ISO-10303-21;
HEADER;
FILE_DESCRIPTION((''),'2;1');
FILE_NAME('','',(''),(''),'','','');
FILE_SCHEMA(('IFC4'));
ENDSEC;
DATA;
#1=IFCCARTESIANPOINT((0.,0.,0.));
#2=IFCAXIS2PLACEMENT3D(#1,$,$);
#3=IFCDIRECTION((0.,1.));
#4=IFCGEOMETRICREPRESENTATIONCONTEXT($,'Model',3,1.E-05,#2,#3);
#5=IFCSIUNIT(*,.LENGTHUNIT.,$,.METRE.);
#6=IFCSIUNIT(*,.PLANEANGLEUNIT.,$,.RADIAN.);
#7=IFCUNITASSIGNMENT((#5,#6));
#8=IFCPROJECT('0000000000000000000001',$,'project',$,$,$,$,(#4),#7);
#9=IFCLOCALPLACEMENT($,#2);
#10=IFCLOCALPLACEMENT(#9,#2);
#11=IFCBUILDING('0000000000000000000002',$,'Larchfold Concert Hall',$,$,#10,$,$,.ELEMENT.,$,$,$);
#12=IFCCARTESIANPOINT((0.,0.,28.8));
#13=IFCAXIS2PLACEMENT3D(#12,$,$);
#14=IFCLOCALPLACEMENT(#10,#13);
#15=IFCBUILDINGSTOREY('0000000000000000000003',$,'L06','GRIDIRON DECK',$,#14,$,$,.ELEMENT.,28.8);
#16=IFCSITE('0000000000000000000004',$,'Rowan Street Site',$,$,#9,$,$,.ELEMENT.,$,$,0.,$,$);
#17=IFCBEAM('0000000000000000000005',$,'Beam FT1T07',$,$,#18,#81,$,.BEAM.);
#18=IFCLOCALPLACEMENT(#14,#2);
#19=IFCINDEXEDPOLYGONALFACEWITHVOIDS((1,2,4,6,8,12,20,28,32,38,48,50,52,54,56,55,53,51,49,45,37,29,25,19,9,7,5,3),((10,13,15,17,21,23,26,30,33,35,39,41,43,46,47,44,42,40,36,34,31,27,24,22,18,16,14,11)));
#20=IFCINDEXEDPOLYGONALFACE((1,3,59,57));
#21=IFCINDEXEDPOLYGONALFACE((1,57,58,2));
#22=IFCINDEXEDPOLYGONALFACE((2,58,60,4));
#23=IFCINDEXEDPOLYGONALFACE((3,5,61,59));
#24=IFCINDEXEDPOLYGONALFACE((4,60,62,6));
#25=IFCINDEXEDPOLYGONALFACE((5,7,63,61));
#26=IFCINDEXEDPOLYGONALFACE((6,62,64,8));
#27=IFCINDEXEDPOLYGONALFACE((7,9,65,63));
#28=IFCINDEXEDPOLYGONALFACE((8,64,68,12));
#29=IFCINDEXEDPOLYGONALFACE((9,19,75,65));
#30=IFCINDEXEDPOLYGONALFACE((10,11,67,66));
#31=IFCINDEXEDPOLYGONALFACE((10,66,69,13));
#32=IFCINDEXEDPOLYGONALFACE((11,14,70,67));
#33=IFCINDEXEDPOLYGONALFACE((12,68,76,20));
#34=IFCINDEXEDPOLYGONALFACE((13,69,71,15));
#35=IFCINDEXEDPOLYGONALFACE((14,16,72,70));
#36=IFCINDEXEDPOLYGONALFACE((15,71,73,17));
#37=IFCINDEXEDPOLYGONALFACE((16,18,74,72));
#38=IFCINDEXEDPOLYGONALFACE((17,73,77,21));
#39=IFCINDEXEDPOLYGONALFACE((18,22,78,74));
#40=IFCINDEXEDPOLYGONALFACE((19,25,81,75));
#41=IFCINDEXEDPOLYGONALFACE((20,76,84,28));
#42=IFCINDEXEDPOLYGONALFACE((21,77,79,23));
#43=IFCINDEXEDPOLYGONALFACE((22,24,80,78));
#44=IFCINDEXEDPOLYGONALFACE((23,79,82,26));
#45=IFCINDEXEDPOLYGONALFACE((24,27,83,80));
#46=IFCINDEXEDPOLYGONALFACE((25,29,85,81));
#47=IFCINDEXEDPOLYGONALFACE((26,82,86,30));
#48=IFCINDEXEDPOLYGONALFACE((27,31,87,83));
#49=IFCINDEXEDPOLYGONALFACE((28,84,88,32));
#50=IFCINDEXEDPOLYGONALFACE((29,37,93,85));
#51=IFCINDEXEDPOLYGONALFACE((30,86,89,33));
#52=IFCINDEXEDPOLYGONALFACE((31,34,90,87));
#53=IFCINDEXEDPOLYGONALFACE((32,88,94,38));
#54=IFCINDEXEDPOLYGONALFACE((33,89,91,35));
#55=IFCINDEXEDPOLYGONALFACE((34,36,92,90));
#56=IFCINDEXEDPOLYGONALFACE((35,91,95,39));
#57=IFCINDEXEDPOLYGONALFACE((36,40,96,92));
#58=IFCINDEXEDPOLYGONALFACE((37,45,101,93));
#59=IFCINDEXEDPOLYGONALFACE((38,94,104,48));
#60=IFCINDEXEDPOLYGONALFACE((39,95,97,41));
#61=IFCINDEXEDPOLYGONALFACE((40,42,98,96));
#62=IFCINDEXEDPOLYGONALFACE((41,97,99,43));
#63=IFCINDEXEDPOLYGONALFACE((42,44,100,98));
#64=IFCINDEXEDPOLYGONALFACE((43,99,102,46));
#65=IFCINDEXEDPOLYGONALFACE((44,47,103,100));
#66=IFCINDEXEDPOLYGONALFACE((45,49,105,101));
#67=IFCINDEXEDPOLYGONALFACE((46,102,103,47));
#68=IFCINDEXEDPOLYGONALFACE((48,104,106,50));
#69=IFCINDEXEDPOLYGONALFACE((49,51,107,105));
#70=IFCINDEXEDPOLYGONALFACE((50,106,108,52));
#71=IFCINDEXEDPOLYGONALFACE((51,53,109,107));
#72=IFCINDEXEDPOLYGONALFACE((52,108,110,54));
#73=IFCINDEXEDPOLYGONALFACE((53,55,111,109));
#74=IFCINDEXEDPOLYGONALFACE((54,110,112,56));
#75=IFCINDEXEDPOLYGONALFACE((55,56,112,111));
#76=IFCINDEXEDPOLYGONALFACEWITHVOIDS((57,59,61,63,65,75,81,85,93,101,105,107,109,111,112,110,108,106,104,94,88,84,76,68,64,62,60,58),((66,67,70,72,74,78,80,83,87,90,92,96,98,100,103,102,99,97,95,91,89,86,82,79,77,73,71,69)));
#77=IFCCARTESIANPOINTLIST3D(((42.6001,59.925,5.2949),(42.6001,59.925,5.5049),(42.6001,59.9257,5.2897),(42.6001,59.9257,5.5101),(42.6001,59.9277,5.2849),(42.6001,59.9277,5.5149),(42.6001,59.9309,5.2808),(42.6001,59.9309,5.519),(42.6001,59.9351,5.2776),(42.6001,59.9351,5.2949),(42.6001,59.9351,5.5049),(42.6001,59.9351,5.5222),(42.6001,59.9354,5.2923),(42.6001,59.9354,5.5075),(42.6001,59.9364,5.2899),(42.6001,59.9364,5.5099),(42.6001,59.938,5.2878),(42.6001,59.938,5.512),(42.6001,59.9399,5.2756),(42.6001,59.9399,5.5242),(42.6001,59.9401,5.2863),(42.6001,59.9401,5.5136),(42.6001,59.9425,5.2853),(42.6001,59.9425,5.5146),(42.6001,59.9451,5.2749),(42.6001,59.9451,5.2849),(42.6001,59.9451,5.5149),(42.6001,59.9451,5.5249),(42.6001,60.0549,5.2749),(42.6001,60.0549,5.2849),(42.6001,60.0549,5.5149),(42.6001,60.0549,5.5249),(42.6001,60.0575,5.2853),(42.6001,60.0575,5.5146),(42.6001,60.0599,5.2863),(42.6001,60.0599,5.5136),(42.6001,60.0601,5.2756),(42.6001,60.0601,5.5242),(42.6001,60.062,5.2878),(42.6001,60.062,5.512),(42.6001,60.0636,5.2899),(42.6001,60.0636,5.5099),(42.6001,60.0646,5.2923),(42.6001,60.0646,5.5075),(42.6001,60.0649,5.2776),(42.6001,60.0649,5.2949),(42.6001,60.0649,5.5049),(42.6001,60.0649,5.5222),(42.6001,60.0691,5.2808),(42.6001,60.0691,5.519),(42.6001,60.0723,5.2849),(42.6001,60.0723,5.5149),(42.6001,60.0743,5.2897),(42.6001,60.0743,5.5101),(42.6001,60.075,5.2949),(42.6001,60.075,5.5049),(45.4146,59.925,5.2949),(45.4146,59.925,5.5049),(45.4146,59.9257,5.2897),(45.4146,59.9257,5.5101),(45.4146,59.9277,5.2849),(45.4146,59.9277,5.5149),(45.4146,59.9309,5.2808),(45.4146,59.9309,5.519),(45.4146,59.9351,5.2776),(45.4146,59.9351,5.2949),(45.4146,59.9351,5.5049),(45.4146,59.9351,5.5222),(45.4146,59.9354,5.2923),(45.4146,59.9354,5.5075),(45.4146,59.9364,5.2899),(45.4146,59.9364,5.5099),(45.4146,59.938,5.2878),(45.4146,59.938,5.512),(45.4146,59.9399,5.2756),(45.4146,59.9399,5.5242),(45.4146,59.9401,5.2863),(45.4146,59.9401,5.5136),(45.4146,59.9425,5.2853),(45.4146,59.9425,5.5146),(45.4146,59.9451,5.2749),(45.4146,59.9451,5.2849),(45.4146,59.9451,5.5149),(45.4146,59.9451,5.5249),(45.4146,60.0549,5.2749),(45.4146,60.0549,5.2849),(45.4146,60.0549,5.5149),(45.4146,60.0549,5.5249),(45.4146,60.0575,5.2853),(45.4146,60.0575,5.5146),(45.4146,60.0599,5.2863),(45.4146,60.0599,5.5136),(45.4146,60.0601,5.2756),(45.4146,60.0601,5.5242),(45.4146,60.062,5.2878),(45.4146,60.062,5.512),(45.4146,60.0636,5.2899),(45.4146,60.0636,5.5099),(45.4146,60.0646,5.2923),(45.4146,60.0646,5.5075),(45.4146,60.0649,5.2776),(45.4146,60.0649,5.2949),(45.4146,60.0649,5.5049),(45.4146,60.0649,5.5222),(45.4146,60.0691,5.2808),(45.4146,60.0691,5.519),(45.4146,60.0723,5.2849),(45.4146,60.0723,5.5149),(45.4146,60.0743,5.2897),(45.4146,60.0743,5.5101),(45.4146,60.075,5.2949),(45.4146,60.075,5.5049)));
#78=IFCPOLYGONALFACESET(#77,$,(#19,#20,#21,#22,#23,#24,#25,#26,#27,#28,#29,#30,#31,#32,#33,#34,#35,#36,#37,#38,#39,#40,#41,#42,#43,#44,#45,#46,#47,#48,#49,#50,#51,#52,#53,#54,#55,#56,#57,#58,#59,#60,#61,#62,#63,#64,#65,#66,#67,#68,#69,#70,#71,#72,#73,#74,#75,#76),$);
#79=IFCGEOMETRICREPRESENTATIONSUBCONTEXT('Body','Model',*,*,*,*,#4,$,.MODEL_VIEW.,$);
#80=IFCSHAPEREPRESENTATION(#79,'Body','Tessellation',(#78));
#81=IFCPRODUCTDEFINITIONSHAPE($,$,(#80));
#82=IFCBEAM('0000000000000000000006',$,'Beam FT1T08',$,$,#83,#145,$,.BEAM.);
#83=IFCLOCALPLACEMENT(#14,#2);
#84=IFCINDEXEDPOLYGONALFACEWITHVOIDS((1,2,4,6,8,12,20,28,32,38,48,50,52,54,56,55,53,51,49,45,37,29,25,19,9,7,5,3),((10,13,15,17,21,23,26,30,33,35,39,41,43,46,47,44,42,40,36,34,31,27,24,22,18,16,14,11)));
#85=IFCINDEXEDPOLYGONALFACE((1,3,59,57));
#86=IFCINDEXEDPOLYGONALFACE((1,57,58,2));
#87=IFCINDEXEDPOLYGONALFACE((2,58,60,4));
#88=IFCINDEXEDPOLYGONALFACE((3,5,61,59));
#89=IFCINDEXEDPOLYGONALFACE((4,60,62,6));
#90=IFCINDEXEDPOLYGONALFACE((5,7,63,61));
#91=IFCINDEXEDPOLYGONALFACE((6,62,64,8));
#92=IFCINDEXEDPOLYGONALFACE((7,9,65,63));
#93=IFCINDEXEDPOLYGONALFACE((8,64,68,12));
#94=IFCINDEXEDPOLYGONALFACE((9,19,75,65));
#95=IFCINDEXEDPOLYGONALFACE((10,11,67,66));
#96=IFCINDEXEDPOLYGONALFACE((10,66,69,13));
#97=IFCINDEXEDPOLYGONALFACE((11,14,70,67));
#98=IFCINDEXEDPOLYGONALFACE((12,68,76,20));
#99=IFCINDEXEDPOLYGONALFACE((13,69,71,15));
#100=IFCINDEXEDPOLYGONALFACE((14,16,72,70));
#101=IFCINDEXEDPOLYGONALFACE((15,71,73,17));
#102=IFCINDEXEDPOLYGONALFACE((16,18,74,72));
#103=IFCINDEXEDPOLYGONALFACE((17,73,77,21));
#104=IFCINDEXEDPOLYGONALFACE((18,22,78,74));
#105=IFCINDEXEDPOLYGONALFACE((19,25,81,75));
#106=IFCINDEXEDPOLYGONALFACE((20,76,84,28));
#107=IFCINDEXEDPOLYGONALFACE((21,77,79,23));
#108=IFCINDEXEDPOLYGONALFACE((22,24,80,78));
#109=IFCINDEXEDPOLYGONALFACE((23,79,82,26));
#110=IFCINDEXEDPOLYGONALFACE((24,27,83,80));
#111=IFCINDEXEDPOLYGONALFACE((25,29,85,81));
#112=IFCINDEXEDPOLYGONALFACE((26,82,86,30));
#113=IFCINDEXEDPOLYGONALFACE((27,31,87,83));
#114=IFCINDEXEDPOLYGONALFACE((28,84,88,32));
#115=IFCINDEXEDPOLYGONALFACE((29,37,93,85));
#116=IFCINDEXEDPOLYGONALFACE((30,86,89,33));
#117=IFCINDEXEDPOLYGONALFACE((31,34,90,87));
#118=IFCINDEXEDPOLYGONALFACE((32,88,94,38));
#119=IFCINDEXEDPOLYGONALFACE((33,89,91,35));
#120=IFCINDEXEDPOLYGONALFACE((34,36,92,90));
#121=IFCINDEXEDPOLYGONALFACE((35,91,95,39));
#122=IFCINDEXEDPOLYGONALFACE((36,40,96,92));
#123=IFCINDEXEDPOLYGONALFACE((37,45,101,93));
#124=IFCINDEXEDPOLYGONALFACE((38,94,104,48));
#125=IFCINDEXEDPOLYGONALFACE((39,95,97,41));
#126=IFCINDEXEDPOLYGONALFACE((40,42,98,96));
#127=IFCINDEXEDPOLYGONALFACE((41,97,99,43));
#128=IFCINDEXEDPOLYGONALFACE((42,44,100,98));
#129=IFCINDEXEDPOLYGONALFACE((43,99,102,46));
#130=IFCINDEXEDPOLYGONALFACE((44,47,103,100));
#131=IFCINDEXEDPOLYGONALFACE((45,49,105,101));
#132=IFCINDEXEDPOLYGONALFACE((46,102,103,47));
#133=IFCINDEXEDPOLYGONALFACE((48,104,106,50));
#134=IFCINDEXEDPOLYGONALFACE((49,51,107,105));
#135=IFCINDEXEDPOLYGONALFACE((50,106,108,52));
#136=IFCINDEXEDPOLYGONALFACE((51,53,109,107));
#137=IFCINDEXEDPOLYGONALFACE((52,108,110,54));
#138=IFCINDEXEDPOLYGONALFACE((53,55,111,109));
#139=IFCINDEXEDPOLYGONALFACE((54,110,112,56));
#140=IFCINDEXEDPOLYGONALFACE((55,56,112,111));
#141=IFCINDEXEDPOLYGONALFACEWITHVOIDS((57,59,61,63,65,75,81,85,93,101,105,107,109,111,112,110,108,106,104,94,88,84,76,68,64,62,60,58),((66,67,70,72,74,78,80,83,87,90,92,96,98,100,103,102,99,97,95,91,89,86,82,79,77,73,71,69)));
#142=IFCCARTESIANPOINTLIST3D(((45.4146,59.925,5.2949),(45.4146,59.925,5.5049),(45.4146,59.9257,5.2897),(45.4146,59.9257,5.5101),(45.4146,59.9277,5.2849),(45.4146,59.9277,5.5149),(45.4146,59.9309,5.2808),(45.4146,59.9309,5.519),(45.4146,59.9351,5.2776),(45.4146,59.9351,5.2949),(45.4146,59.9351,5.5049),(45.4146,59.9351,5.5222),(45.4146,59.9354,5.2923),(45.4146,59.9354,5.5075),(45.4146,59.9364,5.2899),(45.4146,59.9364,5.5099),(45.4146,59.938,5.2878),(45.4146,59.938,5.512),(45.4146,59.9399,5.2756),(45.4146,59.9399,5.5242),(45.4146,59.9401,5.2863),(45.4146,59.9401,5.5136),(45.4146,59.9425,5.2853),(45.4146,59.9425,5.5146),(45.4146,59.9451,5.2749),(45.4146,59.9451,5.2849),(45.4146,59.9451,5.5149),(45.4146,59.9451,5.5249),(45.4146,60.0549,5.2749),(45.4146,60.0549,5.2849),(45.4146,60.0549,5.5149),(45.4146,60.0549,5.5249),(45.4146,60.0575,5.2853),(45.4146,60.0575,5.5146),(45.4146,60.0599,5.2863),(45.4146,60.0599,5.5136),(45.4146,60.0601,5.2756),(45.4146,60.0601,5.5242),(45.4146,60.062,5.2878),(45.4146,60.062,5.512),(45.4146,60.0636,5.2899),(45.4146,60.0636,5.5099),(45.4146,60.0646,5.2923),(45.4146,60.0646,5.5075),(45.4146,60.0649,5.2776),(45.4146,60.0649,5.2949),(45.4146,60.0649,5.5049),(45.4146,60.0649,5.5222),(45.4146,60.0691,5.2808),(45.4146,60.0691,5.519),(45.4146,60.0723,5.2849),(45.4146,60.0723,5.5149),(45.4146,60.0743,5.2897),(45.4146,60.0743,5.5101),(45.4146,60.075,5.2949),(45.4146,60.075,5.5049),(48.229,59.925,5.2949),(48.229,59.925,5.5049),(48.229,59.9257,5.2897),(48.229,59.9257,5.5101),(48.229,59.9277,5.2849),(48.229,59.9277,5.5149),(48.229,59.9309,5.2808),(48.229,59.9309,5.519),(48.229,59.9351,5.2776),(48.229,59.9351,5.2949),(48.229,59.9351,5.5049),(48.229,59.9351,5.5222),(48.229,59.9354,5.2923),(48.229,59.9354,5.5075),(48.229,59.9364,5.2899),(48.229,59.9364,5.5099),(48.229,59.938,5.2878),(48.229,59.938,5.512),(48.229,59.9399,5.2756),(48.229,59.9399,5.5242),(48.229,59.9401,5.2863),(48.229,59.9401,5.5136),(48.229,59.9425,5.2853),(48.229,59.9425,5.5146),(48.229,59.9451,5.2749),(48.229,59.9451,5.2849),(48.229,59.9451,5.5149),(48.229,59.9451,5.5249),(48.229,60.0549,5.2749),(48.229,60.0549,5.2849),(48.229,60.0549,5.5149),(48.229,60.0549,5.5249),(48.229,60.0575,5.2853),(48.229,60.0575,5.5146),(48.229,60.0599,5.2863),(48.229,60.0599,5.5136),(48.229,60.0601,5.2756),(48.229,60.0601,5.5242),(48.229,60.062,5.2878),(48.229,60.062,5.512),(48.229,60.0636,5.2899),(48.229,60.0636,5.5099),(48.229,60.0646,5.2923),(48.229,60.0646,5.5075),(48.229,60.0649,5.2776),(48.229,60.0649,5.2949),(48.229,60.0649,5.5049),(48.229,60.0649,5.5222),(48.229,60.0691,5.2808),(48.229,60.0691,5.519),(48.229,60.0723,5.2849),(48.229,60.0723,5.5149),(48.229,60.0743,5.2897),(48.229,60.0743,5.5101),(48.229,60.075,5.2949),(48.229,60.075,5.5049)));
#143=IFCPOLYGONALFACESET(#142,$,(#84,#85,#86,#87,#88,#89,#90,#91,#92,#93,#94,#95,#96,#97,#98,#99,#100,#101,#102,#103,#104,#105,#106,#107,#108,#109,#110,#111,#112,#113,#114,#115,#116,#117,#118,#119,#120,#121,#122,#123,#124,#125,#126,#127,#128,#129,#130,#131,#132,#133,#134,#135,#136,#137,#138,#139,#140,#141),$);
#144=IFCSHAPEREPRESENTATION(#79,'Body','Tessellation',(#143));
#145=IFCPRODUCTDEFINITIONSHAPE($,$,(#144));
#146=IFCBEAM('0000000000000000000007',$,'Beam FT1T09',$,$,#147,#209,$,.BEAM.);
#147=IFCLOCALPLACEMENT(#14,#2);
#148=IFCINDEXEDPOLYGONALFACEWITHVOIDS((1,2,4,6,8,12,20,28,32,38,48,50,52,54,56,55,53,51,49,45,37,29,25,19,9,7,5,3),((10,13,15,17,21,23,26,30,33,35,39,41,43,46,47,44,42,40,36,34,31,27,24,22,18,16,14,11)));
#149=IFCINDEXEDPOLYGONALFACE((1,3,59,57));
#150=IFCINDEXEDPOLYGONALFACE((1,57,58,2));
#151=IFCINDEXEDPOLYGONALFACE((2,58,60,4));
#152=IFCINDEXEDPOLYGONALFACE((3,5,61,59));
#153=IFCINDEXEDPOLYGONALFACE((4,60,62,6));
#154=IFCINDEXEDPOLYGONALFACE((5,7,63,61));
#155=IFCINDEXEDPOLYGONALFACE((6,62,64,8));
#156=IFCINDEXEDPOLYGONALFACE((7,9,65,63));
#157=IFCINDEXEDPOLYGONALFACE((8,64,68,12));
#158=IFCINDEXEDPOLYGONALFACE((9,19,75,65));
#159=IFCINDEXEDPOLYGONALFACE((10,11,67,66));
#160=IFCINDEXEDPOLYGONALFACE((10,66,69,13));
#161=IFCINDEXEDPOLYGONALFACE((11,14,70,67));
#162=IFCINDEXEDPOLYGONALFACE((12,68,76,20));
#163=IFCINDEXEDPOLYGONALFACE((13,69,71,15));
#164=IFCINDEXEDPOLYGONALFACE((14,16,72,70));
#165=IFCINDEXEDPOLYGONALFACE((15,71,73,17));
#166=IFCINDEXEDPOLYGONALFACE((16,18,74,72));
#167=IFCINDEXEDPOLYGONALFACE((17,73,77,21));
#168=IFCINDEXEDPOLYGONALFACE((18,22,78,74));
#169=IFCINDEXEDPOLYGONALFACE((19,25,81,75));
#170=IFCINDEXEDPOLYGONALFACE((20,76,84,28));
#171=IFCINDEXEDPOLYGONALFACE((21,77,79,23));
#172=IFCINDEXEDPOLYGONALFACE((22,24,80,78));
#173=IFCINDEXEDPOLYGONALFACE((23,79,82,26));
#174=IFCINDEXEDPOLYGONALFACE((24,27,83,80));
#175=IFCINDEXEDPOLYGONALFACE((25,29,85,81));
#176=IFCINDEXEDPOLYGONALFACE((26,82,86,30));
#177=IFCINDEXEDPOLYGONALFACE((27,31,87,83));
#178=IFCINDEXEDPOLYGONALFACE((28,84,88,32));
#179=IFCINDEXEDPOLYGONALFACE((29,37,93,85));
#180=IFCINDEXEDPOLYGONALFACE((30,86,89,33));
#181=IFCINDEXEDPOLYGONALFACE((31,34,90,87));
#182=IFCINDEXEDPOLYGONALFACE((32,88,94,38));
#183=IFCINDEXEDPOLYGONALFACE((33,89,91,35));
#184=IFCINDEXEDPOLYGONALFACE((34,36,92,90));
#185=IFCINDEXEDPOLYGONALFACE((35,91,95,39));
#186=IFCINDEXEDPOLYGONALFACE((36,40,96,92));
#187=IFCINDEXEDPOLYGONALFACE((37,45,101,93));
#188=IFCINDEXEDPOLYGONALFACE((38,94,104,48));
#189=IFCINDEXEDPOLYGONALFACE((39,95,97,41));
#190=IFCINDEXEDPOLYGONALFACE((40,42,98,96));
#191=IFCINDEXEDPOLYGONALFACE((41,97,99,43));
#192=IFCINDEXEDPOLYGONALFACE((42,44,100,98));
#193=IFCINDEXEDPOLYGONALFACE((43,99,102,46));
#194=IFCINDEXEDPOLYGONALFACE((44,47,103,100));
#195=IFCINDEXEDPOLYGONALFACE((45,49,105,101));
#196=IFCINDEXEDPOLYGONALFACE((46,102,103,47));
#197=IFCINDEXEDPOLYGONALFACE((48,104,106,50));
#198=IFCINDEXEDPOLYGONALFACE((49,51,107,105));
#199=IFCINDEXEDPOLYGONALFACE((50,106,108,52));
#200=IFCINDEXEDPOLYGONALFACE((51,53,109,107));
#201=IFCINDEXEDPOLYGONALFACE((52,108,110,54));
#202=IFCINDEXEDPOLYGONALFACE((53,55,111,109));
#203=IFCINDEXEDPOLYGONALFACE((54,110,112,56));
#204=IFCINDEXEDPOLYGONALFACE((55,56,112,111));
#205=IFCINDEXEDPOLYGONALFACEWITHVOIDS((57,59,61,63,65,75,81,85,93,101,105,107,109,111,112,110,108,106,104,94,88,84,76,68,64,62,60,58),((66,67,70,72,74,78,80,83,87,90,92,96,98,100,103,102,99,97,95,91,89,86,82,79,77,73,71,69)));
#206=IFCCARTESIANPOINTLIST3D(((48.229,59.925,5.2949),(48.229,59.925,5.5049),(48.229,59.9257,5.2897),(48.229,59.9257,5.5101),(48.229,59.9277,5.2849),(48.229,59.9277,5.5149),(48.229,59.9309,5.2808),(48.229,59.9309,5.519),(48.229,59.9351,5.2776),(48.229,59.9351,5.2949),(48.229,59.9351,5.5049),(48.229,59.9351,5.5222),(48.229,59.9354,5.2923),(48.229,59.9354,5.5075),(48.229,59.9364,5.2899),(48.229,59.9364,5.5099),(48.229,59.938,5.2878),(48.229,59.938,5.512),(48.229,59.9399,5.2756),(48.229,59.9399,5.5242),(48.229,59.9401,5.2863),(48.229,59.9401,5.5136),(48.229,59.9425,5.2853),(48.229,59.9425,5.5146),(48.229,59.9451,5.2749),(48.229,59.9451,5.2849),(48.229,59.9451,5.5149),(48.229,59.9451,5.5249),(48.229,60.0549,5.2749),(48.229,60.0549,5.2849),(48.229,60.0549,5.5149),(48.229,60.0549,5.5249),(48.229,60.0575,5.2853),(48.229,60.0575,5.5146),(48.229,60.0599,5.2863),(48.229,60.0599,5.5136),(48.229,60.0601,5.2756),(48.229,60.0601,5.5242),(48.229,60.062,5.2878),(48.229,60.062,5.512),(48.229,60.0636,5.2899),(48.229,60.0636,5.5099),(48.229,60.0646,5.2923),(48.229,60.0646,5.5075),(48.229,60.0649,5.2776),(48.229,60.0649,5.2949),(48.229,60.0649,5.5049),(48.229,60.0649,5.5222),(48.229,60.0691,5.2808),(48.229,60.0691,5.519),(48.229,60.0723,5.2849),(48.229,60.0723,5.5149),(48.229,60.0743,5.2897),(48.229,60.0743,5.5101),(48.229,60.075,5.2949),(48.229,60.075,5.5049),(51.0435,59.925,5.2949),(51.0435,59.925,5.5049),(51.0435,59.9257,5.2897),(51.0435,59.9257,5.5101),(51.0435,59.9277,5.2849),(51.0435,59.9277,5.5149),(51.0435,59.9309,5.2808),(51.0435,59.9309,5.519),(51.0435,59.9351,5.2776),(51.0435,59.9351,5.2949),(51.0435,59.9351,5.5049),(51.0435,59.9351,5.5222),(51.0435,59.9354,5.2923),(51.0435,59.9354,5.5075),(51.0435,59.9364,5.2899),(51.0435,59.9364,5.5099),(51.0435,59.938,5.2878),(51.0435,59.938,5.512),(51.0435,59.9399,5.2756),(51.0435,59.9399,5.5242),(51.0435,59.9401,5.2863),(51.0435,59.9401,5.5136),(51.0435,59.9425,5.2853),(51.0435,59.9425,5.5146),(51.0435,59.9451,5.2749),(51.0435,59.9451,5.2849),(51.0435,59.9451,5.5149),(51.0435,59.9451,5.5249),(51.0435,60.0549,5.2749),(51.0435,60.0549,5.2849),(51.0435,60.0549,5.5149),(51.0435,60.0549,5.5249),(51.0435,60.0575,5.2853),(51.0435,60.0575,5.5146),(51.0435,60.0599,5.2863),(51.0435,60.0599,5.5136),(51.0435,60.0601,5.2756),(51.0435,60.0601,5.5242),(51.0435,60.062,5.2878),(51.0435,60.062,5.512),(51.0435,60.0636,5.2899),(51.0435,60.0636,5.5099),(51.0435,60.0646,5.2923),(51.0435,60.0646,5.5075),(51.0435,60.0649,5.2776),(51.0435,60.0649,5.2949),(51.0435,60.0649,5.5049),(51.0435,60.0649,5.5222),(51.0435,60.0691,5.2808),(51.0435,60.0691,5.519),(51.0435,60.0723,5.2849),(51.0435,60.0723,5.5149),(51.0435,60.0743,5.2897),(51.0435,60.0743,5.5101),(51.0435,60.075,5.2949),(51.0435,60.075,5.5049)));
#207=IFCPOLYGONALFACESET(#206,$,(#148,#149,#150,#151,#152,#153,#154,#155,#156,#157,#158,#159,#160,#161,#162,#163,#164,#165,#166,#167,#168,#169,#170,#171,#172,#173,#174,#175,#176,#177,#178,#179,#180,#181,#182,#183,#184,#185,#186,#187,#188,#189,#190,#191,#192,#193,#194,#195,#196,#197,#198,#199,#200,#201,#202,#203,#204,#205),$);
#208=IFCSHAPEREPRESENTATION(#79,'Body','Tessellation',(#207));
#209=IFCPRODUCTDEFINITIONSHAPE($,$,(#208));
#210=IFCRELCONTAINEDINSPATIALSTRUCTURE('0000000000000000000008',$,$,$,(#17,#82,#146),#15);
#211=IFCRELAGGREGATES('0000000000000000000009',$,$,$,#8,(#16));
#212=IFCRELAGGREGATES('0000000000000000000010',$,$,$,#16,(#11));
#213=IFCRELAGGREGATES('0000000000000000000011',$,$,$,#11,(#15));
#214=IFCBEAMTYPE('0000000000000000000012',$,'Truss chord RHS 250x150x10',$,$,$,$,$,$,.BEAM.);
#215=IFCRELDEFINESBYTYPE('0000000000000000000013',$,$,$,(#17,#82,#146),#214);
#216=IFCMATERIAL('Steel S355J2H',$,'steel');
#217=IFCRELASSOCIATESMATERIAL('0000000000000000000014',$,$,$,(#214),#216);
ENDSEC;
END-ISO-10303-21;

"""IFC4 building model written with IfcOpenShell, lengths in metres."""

from ifc_helpers import new_model, si_unit, direction, frame, origin, origin_2d, place, context, subcontext, project, spatial, hollow_rectangle, extrude, material, material_profile, profile_set, type_object, element, save


model = new_model("IFC4")

# Units and contexts
model_context = context("Model", 3, precision=1e-05, world=origin(), true_north=direction((0.0, 1.0)))
body_context = subcontext(model_context, "Body", "Model", "MODEL_VIEW")
ifc_project = project(units=[si_unit("LENGTHUNIT", "METRE"), si_unit("PLANEANGLEUNIT", "RADIAN")], contexts=[model_context])

# Site, building, storey
site_placement = place(None, origin())
site = spatial("IfcSite", under=ifc_project, at=site_placement, Name="Rowan Street Site", CompositionType="ELEMENT", RefElevation=0.0)
building_placement = place(site_placement, origin())
building = spatial("IfcBuilding", under=site, at=building_placement, Name="Larchfold Concert Hall", CompositionType="ELEMENT")
storey_placement = place(building_placement, frame((0.0, 0.0, 28.8)))
storey = spatial("IfcBuildingStorey", under=building, at=storey_placement, Name="L06", Description="GRIDIRON DECK", CompositionType="ELEMENT", Elevation=28.8)

# Beams
ifc_material_1 = material(Name="Steel S355J2H", Category="steel")
ifc_material_profile_1 = material_profile(ifc_material_1, hollow_rectangle(XDim=0.1499, YDim=0.25, WallThickness=0.01, InnerFilletRadius=0.01, OuterFilletRadius=0.02, at=origin_2d()))
ifc_profile_set_1 = profile_set([ifc_material_profile_1], Name="Steel S355J2H")
beam_type_1 = type_object("IfcBeamType", Name="Truss chord RHS 250x150x10", PredefinedType="BEAM", material=ifc_profile_set_1)
for number, where, z_axis, x_axis, name in (
    (1, (42.6001, 60.0, 5.3999), (1.0, 0.0, 0.0), (0.0, 1.0, 0.0), "Beam FT1T07"),
    (2, (45.4146, 60.0, 5.3999), (1.0, 0.0, 0.0), (0.0, 1.0, 0.0), "Beam FT1T08"),
    (3, (48.229, 60.0, 5.3999), (1.0, 0.0, 0.0), (0.0, 1.0, 0.0), "Beam FT1T09"),
):
    element("IfcBeam", number, at=place(storey_placement, frame(where, z_axis=z_axis, x_axis=x_axis)), inside=storey, type_object=beam_type_1, Name=name, PredefinedType="BEAM", context=body_context, shape_type="SweptSolid", body=[
        extrude(hollow_rectangle(XDim=0.1499, YDim=0.25, WallThickness=0.01, InnerFilletRadius=0.01, OuterFilletRadius=0.02, at=origin_2d()), origin(), (0.0, 0.0, 1.0), 2.8145),
    ])

save(model, "model.ifc")
